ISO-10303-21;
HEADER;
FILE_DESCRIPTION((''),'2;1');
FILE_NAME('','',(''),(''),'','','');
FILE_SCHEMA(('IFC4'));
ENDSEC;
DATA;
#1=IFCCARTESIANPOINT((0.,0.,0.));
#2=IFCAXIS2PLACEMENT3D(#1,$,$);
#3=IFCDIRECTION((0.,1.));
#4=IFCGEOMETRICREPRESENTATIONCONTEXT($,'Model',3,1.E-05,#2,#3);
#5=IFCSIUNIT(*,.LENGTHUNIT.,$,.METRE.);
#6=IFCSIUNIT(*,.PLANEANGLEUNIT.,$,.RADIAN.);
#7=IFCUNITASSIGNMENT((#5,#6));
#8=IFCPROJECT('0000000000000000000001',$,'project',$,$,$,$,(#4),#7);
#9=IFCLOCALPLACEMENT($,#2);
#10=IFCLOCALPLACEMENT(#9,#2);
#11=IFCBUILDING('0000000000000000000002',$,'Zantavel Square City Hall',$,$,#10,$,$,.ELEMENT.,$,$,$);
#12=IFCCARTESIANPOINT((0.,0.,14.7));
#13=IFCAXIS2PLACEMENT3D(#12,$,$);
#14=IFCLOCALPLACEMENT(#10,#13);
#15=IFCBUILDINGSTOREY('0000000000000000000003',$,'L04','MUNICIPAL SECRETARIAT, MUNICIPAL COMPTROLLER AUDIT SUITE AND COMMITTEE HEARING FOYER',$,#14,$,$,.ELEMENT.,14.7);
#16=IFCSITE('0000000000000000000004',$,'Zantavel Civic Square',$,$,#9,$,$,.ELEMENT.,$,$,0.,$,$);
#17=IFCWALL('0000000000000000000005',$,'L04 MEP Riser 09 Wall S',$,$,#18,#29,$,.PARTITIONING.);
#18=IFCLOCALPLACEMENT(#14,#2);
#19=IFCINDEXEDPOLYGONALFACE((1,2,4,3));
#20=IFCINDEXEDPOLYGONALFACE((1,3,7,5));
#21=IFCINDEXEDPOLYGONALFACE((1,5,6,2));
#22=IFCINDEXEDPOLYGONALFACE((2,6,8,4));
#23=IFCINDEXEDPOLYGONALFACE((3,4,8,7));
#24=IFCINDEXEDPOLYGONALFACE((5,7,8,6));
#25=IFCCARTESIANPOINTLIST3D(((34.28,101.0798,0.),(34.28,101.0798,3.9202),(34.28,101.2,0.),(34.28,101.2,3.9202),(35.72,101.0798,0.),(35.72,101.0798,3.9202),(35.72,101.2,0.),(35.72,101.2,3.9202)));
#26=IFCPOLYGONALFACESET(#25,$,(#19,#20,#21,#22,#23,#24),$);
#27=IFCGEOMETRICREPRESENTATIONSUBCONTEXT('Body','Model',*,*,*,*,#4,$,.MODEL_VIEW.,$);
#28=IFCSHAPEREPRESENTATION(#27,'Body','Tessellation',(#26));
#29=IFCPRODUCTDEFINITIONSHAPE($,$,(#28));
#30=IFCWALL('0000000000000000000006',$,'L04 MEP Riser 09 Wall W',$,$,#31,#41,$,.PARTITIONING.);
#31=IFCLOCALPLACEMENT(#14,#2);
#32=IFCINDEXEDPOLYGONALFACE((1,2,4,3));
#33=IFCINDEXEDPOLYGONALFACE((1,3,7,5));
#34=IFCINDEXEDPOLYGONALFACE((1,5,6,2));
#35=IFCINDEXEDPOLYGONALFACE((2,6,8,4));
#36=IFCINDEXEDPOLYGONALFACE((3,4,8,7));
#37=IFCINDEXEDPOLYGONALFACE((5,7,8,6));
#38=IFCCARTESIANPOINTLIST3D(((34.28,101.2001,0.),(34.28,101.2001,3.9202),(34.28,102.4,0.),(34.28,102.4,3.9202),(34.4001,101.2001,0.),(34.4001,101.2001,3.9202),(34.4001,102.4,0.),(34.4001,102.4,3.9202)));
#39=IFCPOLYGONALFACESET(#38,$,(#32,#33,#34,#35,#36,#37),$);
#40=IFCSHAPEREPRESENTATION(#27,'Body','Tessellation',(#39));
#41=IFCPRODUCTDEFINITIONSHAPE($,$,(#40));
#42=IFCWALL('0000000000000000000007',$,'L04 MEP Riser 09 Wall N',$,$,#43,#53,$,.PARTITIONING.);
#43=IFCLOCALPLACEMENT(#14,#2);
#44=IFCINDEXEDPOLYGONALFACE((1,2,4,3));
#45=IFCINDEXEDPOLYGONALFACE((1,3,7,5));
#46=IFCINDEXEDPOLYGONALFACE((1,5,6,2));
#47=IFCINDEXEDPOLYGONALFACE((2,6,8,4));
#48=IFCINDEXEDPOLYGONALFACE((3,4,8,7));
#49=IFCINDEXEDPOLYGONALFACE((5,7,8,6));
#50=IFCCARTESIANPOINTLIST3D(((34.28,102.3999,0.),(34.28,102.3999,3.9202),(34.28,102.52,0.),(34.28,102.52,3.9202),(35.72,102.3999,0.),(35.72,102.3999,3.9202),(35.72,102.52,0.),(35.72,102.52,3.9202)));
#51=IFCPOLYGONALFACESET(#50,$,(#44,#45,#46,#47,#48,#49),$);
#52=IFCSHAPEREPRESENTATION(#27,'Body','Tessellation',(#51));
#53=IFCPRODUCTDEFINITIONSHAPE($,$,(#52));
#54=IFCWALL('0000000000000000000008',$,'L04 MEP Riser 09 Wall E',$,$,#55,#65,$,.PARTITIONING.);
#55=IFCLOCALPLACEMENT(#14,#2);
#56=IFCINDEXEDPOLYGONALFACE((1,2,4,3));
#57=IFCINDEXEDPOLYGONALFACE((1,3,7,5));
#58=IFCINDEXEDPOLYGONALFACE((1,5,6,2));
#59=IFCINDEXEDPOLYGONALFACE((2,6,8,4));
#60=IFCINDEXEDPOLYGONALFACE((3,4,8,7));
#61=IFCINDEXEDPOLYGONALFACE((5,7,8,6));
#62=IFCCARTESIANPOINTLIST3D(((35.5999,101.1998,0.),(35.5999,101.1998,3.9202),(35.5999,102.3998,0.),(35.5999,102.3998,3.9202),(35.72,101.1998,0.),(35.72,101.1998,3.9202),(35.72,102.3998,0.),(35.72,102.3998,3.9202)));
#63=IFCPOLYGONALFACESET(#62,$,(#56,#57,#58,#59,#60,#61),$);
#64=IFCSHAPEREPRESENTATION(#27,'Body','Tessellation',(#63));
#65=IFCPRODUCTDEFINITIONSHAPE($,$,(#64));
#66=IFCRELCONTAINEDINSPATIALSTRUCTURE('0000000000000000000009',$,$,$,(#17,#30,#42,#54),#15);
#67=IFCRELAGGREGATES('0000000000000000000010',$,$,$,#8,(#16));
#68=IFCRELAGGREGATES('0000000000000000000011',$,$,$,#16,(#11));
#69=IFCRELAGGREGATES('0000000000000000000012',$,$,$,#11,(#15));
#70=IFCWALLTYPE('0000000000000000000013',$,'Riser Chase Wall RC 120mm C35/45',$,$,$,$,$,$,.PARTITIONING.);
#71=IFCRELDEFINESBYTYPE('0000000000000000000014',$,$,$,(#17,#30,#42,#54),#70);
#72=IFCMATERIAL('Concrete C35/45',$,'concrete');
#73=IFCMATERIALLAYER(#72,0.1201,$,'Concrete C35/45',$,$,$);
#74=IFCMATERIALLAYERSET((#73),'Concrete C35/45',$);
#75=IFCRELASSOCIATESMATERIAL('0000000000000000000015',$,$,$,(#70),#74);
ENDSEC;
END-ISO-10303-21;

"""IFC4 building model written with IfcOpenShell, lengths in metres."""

from ifc_helpers import new_model, si_unit, direction, frame, frame_2d, origin, place, context, subcontext, project, spatial, rectangle, extrude, material, layer, layer_set, type_object, element, save


model = new_model("IFC4")

# Units and contexts
model_context = context("Model", 3, precision=1e-05, world=origin(), true_north=direction((0.0, 1.0)))
body_context = subcontext(model_context, "Body", "Model", "MODEL_VIEW")
ifc_project = project(units=[si_unit("LENGTHUNIT", "METRE"), si_unit("PLANEANGLEUNIT", "RADIAN")], contexts=[model_context])

# Site, building, storey
site_placement = place(None, origin())
site = spatial("IfcSite", under=ifc_project, at=site_placement, Name="Zantavel Civic Square", CompositionType="ELEMENT", RefElevation=0.0)
building_placement = place(site_placement, origin())
building = spatial("IfcBuilding", under=site, at=building_placement, Name="Zantavel Square City Hall", CompositionType="ELEMENT")
storey_placement = place(building_placement, frame((0.0, 0.0, 14.7)))
storey = spatial("IfcBuildingStorey", under=building, at=storey_placement, Name="L04", Description="MUNICIPAL SECRETARIAT, MUNICIPAL COMPTROLLER AUDIT SUITE AND COMMITTEE HEARING FOYER", CompositionType="ELEMENT", Elevation=14.7)

# Shared definitions
ifc_material_1 = material(Name="Concrete C35/45", Category="concrete")

# Walls
ifc_layer_1 = layer(ifc_material_1, 0.1201, Name="Concrete C35/45")
ifc_layer_set_1 = layer_set([ifc_layer_1], Name="Concrete C35/45")
wall_type_1 = type_object("IfcWallType", Name="Riser Chase Wall RC 120mm C35/45", PredefinedType="PARTITIONING", material=ifc_layer_set_1)
wall_1_placement = place(storey_placement, frame((35.72, 101.1399, 0.0), z_axis=(0.0, 0.0, 1.0), x_axis=(-1.0, 0.0, 0.0)))
element("IfcWall", 1, at=wall_1_placement, inside=storey, type_object=wall_type_1, Name="L04 MEP Riser 09 Wall S", PredefinedType="PARTITIONING", context=body_context, shape_type="SweptSolid", body=[
    extrude(rectangle(XDim=1.4399, YDim=0.1201, at=frame_2d((0.72, 0.0))), origin(), (0.0, 0.0, 1.0), 3.9202),
])
wall_2_placement = place(storey_placement, frame((34.3401, 101.2, 0.0), z_axis=(0.0, 0.0, 1.0), x_axis=(0.0, 1.0, 0.0)))
element("IfcWall", 2, at=wall_2_placement, inside=storey, type_object=wall_type_1, Name="L04 MEP Riser 09 Wall W", PredefinedType="PARTITIONING", context=body_context, shape_type="SweptSolid", body=[
    extrude(rectangle(XDim=1.2, YDim=0.1201, at=frame_2d((0.6001, 0.0))), origin(), (0.0, 0.0, 1.0), 3.9202),
])
wall_3_placement = place(storey_placement, frame((34.28, 102.46, 0.0), z_axis=(0.0, 0.0, 1.0), x_axis=(1.0, 0.0, 0.0)))
element("IfcWall", 3, at=wall_3_placement, inside=storey, type_object=wall_type_1, Name="L04 MEP Riser 09 Wall N", PredefinedType="PARTITIONING", context=body_context, shape_type="SweptSolid", body=[
    extrude(rectangle(XDim=1.4399, YDim=0.1201, at=frame_2d((0.72, 0.0))), origin(), (0.0, 0.0, 1.0), 3.9202),
])
wall_4_placement = place(storey_placement, frame((35.6599, 102.3999, 0.0), z_axis=(0.0, 0.0, 1.0), x_axis=(0.0, -1.0, 0.0)))
element("IfcWall", 4, at=wall_4_placement, inside=storey, type_object=wall_type_1, Name="L04 MEP Riser 09 Wall E", PredefinedType="PARTITIONING", context=body_context, shape_type="SweptSolid", body=[
    extrude(rectangle(XDim=1.2, YDim=0.1201, at=frame_2d((0.6001, 0.0))), origin(), (0.0, 0.0, 1.0), 3.9202),
])

save(model, "model.ifc")
